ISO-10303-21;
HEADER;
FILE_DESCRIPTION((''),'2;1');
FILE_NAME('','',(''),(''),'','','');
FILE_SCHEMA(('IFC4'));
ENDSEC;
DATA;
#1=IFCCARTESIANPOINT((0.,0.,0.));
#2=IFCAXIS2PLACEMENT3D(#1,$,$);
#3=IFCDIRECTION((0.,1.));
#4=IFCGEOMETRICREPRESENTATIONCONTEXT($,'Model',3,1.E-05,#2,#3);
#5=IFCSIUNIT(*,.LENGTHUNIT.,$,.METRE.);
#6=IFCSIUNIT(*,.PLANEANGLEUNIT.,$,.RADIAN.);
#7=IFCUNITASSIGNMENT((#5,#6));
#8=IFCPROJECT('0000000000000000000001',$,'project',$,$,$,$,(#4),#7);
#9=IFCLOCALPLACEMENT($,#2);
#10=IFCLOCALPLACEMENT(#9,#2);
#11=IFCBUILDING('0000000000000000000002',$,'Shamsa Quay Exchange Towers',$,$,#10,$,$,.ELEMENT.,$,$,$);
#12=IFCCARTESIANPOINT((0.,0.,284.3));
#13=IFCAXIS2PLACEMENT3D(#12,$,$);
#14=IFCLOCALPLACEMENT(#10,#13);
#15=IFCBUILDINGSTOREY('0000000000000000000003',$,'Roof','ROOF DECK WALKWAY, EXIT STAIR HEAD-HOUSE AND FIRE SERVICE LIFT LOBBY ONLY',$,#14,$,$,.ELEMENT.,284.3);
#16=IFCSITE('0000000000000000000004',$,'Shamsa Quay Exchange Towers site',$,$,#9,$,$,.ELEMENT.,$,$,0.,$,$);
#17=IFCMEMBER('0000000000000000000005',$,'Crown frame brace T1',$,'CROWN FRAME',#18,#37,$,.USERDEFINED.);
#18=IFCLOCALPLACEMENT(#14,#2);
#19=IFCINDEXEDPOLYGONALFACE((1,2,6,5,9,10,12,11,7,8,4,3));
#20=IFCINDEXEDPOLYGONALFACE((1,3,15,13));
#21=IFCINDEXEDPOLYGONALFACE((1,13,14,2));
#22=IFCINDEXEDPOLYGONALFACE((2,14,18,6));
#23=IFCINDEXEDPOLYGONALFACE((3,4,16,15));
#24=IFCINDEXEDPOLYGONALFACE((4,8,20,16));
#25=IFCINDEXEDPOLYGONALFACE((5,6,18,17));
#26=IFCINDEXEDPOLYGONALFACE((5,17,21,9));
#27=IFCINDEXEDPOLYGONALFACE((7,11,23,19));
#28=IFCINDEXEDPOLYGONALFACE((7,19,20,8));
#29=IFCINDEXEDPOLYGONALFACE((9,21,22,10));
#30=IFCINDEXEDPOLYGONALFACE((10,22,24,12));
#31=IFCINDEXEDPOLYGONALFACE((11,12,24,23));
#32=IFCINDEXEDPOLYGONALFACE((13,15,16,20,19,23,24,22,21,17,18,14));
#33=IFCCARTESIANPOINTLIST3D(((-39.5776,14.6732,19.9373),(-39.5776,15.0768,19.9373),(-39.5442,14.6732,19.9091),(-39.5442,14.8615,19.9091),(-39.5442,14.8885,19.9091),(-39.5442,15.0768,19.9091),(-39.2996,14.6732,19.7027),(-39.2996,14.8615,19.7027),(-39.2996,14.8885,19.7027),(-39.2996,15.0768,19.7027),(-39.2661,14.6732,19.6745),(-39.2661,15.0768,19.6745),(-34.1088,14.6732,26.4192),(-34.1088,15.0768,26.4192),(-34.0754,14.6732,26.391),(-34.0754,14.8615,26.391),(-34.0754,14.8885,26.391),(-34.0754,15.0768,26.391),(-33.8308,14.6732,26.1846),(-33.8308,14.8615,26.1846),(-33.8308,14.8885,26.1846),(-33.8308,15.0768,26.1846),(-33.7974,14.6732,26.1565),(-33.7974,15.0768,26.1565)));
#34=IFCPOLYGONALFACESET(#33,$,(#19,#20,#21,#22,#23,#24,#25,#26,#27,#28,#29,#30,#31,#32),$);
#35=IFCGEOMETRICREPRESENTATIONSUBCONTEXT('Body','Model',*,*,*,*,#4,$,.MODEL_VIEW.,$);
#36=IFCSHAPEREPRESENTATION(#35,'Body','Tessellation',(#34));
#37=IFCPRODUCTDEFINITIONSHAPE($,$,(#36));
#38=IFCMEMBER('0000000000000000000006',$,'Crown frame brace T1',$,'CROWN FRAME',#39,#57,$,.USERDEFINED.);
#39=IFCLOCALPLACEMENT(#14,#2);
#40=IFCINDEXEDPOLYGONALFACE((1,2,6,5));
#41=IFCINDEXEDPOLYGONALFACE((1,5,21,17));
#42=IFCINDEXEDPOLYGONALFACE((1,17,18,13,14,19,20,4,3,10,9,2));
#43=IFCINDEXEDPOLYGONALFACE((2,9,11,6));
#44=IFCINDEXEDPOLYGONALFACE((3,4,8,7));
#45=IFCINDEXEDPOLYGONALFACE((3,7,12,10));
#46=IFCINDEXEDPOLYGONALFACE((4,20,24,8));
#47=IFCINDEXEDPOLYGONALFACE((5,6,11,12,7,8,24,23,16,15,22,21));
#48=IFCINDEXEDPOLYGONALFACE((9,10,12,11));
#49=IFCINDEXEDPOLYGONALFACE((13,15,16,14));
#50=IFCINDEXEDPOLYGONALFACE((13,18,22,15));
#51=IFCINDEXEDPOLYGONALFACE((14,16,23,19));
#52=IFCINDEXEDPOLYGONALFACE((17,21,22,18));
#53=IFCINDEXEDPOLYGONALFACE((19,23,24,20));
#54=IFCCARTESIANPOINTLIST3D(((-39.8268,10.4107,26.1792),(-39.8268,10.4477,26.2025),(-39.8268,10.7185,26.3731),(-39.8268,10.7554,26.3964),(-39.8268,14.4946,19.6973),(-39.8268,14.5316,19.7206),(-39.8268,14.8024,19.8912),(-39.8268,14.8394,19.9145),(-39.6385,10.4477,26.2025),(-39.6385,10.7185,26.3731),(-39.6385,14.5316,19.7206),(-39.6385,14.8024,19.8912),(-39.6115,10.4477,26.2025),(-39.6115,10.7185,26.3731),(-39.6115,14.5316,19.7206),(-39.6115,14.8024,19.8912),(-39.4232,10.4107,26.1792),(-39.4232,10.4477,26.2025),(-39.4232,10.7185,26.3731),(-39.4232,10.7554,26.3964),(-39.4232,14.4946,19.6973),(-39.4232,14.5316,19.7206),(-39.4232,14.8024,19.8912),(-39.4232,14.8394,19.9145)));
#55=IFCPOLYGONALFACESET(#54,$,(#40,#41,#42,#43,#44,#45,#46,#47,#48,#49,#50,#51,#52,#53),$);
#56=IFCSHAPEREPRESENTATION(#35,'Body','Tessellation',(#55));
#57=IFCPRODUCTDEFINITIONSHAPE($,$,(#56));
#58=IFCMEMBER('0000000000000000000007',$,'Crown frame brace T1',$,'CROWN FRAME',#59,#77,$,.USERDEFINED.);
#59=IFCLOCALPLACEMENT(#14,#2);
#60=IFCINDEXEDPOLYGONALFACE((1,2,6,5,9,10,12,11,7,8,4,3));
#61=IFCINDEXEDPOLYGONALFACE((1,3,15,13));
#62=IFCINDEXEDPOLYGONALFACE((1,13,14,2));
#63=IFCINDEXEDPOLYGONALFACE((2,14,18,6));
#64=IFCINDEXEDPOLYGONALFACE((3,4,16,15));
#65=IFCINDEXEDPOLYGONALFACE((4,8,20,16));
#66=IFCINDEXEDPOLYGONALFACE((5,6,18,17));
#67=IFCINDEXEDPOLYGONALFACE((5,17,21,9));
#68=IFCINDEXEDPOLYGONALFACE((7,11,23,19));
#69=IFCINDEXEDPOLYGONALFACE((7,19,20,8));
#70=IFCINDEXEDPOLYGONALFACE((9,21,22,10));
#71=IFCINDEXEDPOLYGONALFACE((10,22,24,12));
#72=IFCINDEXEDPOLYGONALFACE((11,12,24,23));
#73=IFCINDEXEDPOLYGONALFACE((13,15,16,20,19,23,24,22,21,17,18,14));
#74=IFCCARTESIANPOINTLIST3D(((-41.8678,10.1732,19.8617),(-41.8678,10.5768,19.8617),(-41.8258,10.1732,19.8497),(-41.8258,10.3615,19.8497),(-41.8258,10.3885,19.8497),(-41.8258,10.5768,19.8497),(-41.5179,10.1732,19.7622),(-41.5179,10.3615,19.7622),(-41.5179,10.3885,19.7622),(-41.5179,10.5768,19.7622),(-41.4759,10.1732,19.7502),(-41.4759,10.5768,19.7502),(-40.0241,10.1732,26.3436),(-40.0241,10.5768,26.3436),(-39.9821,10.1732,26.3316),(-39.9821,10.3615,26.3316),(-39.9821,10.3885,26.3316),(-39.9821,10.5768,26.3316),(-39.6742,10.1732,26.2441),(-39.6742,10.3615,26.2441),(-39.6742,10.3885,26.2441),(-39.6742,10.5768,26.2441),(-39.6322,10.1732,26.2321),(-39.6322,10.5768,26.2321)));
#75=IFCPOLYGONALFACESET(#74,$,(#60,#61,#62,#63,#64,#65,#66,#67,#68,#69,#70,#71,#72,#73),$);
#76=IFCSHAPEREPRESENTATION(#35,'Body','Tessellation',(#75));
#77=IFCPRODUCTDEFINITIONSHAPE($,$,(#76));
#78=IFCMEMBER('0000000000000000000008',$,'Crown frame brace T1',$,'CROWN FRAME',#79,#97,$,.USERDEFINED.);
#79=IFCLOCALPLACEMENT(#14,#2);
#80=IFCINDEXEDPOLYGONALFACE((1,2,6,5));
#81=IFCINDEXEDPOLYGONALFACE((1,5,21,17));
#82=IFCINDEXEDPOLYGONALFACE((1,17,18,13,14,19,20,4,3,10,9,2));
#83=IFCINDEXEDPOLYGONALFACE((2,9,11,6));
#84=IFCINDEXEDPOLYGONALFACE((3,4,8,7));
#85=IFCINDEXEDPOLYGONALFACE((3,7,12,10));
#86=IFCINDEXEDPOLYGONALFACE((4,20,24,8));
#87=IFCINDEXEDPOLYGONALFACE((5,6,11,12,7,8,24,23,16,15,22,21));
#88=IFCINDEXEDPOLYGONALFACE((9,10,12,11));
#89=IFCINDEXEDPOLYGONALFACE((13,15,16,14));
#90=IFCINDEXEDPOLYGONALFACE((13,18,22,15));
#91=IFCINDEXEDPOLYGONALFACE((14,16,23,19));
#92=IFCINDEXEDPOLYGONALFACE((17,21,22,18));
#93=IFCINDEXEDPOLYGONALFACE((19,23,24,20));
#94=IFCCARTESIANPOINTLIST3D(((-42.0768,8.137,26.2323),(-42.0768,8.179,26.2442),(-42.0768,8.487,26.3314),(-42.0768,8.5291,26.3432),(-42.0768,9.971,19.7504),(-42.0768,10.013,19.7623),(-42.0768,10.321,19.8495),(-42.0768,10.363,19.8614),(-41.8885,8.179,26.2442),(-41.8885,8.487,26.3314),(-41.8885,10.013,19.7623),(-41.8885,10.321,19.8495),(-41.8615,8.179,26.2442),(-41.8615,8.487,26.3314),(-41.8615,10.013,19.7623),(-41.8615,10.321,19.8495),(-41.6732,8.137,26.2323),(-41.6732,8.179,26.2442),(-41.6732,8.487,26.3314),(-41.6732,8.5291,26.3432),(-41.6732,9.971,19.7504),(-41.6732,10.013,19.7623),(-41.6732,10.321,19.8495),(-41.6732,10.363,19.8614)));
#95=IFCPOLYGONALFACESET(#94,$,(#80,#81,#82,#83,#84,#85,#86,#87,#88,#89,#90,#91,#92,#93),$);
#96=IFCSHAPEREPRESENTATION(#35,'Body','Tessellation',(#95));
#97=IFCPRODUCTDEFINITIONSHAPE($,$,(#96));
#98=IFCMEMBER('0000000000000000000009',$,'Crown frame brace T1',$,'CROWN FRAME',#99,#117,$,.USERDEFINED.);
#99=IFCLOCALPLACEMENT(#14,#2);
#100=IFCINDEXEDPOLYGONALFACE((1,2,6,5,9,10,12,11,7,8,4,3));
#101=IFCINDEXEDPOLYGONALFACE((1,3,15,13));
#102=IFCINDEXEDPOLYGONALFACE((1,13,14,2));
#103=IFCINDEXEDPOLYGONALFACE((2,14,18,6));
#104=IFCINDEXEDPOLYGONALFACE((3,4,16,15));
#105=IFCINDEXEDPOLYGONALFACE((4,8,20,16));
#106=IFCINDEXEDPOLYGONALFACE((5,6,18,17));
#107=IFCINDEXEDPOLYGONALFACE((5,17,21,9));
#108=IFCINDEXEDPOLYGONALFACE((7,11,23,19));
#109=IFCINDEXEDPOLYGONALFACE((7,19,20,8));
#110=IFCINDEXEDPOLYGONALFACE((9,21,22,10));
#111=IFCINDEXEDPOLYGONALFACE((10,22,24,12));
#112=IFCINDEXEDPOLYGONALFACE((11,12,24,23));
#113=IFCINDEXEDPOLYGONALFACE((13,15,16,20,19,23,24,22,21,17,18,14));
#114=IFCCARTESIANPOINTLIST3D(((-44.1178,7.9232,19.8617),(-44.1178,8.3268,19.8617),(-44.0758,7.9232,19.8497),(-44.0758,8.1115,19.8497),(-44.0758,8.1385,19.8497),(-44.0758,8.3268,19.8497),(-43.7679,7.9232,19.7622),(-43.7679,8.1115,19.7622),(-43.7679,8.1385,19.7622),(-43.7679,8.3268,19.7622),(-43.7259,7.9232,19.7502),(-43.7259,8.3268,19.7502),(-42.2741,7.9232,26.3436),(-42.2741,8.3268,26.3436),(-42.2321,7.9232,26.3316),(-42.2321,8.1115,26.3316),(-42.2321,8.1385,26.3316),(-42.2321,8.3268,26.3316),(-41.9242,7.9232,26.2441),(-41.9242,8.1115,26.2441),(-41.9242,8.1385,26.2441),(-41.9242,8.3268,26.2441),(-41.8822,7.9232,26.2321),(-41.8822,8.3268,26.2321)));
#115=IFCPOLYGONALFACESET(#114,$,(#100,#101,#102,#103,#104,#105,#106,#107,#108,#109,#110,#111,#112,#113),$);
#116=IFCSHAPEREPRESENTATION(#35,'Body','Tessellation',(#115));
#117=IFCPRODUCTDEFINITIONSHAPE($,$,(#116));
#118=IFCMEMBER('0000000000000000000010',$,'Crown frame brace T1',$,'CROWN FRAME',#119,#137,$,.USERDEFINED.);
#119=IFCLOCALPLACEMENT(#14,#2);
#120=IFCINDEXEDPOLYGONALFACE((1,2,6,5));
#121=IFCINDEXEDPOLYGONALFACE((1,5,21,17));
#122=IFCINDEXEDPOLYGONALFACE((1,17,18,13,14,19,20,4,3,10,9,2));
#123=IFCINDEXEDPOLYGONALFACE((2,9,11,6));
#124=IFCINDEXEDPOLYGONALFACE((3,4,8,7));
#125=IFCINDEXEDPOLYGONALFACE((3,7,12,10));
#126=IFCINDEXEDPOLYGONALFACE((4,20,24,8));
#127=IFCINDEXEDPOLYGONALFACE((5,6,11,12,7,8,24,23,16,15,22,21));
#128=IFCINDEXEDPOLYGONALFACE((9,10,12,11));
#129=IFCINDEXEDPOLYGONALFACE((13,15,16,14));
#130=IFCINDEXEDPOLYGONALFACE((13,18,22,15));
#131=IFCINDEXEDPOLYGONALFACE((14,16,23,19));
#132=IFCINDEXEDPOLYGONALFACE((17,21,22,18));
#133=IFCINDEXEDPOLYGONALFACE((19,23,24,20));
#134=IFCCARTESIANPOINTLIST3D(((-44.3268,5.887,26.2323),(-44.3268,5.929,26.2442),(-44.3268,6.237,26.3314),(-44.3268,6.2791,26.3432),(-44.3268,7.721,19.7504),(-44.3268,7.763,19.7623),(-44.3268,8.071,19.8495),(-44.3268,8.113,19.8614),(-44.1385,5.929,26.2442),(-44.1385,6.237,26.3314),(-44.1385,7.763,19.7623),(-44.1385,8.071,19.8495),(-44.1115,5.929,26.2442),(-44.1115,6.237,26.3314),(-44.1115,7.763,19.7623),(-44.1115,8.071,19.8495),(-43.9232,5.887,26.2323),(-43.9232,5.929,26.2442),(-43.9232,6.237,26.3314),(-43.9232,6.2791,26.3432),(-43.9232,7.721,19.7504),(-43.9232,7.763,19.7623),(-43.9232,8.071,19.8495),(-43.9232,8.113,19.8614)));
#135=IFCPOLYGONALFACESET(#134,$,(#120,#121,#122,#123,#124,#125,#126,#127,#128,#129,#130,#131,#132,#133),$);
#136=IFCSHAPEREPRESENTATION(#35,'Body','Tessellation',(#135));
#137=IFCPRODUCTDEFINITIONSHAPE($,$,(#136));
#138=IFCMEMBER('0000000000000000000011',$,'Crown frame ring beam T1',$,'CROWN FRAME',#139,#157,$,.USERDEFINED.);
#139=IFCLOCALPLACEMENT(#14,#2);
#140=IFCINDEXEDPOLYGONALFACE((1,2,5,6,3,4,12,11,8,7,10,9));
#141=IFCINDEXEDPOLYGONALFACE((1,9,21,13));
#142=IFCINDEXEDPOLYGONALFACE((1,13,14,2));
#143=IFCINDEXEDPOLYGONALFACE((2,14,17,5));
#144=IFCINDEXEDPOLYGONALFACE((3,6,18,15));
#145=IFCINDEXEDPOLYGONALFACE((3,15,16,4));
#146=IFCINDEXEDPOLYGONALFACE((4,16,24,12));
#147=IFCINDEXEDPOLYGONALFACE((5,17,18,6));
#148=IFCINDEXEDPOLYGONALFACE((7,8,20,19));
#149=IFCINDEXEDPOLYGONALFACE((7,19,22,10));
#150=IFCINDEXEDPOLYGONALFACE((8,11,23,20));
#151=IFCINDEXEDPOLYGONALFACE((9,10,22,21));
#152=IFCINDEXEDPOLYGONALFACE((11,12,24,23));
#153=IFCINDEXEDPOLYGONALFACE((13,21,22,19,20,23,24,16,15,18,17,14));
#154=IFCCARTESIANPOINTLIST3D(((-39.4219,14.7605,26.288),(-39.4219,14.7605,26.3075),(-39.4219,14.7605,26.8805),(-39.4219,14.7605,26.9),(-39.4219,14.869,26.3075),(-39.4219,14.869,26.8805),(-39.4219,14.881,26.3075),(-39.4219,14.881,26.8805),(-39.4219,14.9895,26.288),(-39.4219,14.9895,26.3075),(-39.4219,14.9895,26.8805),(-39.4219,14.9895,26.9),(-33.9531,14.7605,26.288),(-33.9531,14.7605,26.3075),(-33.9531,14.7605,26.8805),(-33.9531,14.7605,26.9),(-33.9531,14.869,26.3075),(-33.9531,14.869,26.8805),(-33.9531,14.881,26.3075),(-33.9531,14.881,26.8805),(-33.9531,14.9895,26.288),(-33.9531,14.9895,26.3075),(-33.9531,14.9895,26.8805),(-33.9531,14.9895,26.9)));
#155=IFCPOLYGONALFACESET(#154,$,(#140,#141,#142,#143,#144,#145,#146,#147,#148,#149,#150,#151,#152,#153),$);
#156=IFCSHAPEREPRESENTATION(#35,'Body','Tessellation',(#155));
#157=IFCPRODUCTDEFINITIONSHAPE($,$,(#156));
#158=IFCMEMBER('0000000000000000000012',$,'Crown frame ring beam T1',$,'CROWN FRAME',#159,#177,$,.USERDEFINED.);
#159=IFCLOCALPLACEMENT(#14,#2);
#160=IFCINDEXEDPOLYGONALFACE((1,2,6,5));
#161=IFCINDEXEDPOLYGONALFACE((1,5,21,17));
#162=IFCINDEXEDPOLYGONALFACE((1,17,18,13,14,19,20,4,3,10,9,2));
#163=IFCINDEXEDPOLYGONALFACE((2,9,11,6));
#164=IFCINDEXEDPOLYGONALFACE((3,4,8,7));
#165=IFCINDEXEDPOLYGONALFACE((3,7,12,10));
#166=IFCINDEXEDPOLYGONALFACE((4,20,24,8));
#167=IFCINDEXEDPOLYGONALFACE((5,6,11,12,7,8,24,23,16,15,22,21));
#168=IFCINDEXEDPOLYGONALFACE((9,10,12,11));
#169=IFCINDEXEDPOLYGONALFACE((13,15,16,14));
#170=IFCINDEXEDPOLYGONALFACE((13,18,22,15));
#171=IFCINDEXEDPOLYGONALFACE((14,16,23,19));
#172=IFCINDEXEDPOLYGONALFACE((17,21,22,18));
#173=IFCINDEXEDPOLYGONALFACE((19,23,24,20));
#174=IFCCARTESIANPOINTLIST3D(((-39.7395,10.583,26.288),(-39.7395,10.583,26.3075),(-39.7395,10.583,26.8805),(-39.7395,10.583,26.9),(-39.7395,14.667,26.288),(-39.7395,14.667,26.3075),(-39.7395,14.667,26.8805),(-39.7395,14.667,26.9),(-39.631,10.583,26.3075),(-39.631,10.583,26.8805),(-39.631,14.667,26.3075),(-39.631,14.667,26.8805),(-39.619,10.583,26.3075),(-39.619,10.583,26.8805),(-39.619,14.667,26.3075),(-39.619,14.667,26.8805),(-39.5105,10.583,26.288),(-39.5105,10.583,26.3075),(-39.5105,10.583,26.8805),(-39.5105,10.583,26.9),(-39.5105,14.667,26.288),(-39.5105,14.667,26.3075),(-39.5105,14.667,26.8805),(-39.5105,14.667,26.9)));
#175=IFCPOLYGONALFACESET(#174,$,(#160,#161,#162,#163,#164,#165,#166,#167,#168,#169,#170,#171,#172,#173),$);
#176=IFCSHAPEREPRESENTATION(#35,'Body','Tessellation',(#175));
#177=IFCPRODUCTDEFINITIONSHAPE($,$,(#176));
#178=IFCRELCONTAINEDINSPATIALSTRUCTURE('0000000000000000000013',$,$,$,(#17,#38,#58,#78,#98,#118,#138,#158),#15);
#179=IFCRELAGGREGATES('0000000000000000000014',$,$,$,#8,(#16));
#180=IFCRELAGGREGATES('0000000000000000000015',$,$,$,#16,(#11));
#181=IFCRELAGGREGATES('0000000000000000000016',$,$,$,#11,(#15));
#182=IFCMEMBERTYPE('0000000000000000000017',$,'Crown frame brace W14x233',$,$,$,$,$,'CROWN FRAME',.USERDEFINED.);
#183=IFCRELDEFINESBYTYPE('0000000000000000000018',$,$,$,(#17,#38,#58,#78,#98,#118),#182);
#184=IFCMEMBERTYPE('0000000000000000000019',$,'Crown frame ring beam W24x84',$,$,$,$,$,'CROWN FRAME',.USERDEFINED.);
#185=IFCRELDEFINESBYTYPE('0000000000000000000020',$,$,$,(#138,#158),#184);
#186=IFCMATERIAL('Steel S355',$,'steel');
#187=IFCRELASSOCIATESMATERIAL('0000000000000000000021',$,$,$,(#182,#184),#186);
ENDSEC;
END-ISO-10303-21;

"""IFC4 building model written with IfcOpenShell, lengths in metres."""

from ifc_helpers import new_model, si_unit, direction, frame, origin, origin_2d, place, context, subcontext, project, spatial, i_section, extrude, material, material_profile, profile_set, type_object, element, save


model = new_model("IFC4")

# Units and contexts
model_context = context("Model", 3, precision=1e-05, world=origin(), true_north=direction((0.0, 1.0)))
body_context = subcontext(model_context, "Body", "Model", "MODEL_VIEW")
ifc_project = project(units=[si_unit("LENGTHUNIT", "METRE"), si_unit("PLANEANGLEUNIT", "RADIAN")], contexts=[model_context])

# Site, building, storey
site_placement = place(None, origin())
site = spatial("IfcSite", under=ifc_project, at=site_placement, Name="Shamsa Quay Exchange Towers site", CompositionType="ELEMENT", RefElevation=0.0)
building_placement = place(site_placement, origin())
building = spatial("IfcBuilding", under=site, at=building_placement, Name="Shamsa Quay Exchange Towers", CompositionType="ELEMENT")
storey_placement = place(building_placement, frame((0.0, 0.0, 284.3)))
storey = spatial("IfcBuildingStorey", under=building, at=storey_placement, Name="Roof", Description="ROOF DECK WALKWAY, EXIT STAIR HEAD-HOUSE AND FIRE SERVICE LIFT LOBBY ONLY", CompositionType="ELEMENT", Elevation=284.3)

# Members
ifc_material_1 = material(Name="Steel S355", Category="steel")
ifc_material_profile_1 = material_profile(ifc_material_1, i_section(OverallWidth=0.4036, OverallDepth=0.4075, WebThickness=0.0271, FlangeThickness=0.0437, at=origin_2d()), Name="W14x233")
ifc_profile_set_1 = profile_set([ifc_material_profile_1], Name="Steel S355")
member_type_1 = type_object("IfcMemberType", Name="Crown frame brace W14x233", ElementType="CROWN FRAME", PredefinedType="USERDEFINED", material=ifc_profile_set_1)
member_1_placement = place(storey_placement, frame((-33.9531, 14.875, 26.2878), z_axis=(-0.644845, 0.0, -0.764314), x_axis=(0.0, -1.0, 0.0)))
element("IfcMember", 1, at=member_1_placement, inside=storey, type_object=member_type_1, Name="Crown frame brace T1", ObjectType="CROWN FRAME", PredefinedType="USERDEFINED", context=body_context, shape_type="SweptSolid", body=[
    extrude(i_section(OverallWidth=0.4036, OverallDepth=0.4075, WebThickness=0.0271, FlangeThickness=0.0437, at=origin_2d()), origin(), (0.0, 0.0, 1.0), 8.4807),
])
member_2_placement = place(storey_placement, frame((-39.625, 14.667, 19.8059), z_axis=(0.0, -0.533072, 0.84607), x_axis=(1.0, 0.0, 0.0)))
element("IfcMember", 2, at=member_2_placement, inside=storey, type_object=member_type_1, Name="Crown frame brace T1", ObjectType="CROWN FRAME", PredefinedType="USERDEFINED", context=body_context, shape_type="SweptSolid", body=[
    extrude(i_section(OverallWidth=0.4036, OverallDepth=0.4075, WebThickness=0.0271, FlangeThickness=0.0437, at=origin_2d()), origin(), (0.0, 0.0, 1.0), 7.6611),
])
member_3_placement = place(storey_placement, frame((-39.8281, 10.375, 26.2878), z_axis=(-0.273592, 0.0, -0.961846), x_axis=(0.0, -1.0, 0.0)))
element("IfcMember", 3, at=member_3_placement, inside=storey, type_object=member_type_1, Name="Crown frame brace T1", ObjectType="CROWN FRAME", PredefinedType="USERDEFINED", context=body_context, shape_type="SweptSolid", body=[
    extrude(i_section(OverallWidth=0.4036, OverallDepth=0.4075, WebThickness=0.0271, FlangeThickness=0.0437, at=origin_2d()), origin(), (0.0, 0.0, 1.0), 6.739),
])
member_4_placement = place(storey_placement, frame((-41.875, 10.167, 19.8059), z_axis=(0.0, -0.27225, 0.962226), x_axis=(1.0, 0.0, 0.0)))
element("IfcMember", 4, at=member_4_placement, inside=storey, type_object=member_type_1, Name="Crown frame brace T1", ObjectType="CROWN FRAME", PredefinedType="USERDEFINED", context=body_context, shape_type="SweptSolid", body=[
    extrude(i_section(OverallWidth=0.4036, OverallDepth=0.4075, WebThickness=0.0271, FlangeThickness=0.0437, at=origin_2d()), origin(), (0.0, 0.0, 1.0), 6.7363),
])
member_5_placement = place(storey_placement, frame((-42.0781, 8.125, 26.2878), z_axis=(-0.273592, 0.0, -0.961846), x_axis=(0.0, -1.0, 0.0)))
element("IfcMember", 5, at=member_5_placement, inside=storey, type_object=member_type_1, Name="Crown frame brace T1", ObjectType="CROWN FRAME", PredefinedType="USERDEFINED", context=body_context, shape_type="SweptSolid", body=[
    extrude(i_section(OverallWidth=0.4036, OverallDepth=0.4075, WebThickness=0.0271, FlangeThickness=0.0437, at=origin_2d()), origin(), (0.0, 0.0, 1.0), 6.739),
])
member_6_placement = place(storey_placement, frame((-44.125, 7.917, 19.8059), z_axis=(0.0, -0.27225, 0.962226), x_axis=(1.0, 0.0, 0.0)))
element("IfcMember", 6, at=member_6_placement, inside=storey, type_object=member_type_1, Name="Crown frame brace T1", ObjectType="CROWN FRAME", PredefinedType="USERDEFINED", context=body_context, shape_type="SweptSolid", body=[
    extrude(i_section(OverallWidth=0.4036, OverallDepth=0.4075, WebThickness=0.0271, FlangeThickness=0.0437, at=origin_2d()), origin(), (0.0, 0.0, 1.0), 6.7363),
])
ifc_material_profile_2 = material_profile(ifc_material_1, i_section(OverallWidth=0.229, OverallDepth=0.6121, WebThickness=0.012, FlangeThickness=0.0195, at=origin_2d()), Name="W24x84")
ifc_profile_set_2 = profile_set([ifc_material_profile_2], Name="Steel S355")
member_type_2 = type_object("IfcMemberType", Name="Crown frame ring beam W24x84", ElementType="CROWN FRAME", PredefinedType="USERDEFINED", material=ifc_profile_set_2)
member_7_placement = place(storey_placement, frame((-33.9531, 14.875, 26.594), z_axis=(-1.0, 0.0, 0.0), x_axis=(0.0, -1.0, 0.0)))
element("IfcMember", 7, at=member_7_placement, inside=storey, type_object=member_type_2, Name="Crown frame ring beam T1", ObjectType="CROWN FRAME", PredefinedType="USERDEFINED", context=body_context, shape_type="SweptSolid", body=[
    extrude(i_section(OverallWidth=0.229, OverallDepth=0.6121, WebThickness=0.012, FlangeThickness=0.0195, at=origin_2d()), origin(), (0.0, 0.0, 1.0), 5.4688),
])
member_8_placement = place(storey_placement, frame((-39.625, 14.667, 26.594), z_axis=(0.0, -1.0, 0.0), x_axis=(1.0, 0.0, 0.0)))
element("IfcMember", 8, at=member_8_placement, inside=storey, type_object=member_type_2, Name="Crown frame ring beam T1", ObjectType="CROWN FRAME", PredefinedType="USERDEFINED", context=body_context, shape_type="SweptSolid", body=[
    extrude(i_section(OverallWidth=0.229, OverallDepth=0.6121, WebThickness=0.012, FlangeThickness=0.0195, at=origin_2d()), origin(), (0.0, 0.0, 1.0), 4.084),
])

save(model, "model.ifc")
